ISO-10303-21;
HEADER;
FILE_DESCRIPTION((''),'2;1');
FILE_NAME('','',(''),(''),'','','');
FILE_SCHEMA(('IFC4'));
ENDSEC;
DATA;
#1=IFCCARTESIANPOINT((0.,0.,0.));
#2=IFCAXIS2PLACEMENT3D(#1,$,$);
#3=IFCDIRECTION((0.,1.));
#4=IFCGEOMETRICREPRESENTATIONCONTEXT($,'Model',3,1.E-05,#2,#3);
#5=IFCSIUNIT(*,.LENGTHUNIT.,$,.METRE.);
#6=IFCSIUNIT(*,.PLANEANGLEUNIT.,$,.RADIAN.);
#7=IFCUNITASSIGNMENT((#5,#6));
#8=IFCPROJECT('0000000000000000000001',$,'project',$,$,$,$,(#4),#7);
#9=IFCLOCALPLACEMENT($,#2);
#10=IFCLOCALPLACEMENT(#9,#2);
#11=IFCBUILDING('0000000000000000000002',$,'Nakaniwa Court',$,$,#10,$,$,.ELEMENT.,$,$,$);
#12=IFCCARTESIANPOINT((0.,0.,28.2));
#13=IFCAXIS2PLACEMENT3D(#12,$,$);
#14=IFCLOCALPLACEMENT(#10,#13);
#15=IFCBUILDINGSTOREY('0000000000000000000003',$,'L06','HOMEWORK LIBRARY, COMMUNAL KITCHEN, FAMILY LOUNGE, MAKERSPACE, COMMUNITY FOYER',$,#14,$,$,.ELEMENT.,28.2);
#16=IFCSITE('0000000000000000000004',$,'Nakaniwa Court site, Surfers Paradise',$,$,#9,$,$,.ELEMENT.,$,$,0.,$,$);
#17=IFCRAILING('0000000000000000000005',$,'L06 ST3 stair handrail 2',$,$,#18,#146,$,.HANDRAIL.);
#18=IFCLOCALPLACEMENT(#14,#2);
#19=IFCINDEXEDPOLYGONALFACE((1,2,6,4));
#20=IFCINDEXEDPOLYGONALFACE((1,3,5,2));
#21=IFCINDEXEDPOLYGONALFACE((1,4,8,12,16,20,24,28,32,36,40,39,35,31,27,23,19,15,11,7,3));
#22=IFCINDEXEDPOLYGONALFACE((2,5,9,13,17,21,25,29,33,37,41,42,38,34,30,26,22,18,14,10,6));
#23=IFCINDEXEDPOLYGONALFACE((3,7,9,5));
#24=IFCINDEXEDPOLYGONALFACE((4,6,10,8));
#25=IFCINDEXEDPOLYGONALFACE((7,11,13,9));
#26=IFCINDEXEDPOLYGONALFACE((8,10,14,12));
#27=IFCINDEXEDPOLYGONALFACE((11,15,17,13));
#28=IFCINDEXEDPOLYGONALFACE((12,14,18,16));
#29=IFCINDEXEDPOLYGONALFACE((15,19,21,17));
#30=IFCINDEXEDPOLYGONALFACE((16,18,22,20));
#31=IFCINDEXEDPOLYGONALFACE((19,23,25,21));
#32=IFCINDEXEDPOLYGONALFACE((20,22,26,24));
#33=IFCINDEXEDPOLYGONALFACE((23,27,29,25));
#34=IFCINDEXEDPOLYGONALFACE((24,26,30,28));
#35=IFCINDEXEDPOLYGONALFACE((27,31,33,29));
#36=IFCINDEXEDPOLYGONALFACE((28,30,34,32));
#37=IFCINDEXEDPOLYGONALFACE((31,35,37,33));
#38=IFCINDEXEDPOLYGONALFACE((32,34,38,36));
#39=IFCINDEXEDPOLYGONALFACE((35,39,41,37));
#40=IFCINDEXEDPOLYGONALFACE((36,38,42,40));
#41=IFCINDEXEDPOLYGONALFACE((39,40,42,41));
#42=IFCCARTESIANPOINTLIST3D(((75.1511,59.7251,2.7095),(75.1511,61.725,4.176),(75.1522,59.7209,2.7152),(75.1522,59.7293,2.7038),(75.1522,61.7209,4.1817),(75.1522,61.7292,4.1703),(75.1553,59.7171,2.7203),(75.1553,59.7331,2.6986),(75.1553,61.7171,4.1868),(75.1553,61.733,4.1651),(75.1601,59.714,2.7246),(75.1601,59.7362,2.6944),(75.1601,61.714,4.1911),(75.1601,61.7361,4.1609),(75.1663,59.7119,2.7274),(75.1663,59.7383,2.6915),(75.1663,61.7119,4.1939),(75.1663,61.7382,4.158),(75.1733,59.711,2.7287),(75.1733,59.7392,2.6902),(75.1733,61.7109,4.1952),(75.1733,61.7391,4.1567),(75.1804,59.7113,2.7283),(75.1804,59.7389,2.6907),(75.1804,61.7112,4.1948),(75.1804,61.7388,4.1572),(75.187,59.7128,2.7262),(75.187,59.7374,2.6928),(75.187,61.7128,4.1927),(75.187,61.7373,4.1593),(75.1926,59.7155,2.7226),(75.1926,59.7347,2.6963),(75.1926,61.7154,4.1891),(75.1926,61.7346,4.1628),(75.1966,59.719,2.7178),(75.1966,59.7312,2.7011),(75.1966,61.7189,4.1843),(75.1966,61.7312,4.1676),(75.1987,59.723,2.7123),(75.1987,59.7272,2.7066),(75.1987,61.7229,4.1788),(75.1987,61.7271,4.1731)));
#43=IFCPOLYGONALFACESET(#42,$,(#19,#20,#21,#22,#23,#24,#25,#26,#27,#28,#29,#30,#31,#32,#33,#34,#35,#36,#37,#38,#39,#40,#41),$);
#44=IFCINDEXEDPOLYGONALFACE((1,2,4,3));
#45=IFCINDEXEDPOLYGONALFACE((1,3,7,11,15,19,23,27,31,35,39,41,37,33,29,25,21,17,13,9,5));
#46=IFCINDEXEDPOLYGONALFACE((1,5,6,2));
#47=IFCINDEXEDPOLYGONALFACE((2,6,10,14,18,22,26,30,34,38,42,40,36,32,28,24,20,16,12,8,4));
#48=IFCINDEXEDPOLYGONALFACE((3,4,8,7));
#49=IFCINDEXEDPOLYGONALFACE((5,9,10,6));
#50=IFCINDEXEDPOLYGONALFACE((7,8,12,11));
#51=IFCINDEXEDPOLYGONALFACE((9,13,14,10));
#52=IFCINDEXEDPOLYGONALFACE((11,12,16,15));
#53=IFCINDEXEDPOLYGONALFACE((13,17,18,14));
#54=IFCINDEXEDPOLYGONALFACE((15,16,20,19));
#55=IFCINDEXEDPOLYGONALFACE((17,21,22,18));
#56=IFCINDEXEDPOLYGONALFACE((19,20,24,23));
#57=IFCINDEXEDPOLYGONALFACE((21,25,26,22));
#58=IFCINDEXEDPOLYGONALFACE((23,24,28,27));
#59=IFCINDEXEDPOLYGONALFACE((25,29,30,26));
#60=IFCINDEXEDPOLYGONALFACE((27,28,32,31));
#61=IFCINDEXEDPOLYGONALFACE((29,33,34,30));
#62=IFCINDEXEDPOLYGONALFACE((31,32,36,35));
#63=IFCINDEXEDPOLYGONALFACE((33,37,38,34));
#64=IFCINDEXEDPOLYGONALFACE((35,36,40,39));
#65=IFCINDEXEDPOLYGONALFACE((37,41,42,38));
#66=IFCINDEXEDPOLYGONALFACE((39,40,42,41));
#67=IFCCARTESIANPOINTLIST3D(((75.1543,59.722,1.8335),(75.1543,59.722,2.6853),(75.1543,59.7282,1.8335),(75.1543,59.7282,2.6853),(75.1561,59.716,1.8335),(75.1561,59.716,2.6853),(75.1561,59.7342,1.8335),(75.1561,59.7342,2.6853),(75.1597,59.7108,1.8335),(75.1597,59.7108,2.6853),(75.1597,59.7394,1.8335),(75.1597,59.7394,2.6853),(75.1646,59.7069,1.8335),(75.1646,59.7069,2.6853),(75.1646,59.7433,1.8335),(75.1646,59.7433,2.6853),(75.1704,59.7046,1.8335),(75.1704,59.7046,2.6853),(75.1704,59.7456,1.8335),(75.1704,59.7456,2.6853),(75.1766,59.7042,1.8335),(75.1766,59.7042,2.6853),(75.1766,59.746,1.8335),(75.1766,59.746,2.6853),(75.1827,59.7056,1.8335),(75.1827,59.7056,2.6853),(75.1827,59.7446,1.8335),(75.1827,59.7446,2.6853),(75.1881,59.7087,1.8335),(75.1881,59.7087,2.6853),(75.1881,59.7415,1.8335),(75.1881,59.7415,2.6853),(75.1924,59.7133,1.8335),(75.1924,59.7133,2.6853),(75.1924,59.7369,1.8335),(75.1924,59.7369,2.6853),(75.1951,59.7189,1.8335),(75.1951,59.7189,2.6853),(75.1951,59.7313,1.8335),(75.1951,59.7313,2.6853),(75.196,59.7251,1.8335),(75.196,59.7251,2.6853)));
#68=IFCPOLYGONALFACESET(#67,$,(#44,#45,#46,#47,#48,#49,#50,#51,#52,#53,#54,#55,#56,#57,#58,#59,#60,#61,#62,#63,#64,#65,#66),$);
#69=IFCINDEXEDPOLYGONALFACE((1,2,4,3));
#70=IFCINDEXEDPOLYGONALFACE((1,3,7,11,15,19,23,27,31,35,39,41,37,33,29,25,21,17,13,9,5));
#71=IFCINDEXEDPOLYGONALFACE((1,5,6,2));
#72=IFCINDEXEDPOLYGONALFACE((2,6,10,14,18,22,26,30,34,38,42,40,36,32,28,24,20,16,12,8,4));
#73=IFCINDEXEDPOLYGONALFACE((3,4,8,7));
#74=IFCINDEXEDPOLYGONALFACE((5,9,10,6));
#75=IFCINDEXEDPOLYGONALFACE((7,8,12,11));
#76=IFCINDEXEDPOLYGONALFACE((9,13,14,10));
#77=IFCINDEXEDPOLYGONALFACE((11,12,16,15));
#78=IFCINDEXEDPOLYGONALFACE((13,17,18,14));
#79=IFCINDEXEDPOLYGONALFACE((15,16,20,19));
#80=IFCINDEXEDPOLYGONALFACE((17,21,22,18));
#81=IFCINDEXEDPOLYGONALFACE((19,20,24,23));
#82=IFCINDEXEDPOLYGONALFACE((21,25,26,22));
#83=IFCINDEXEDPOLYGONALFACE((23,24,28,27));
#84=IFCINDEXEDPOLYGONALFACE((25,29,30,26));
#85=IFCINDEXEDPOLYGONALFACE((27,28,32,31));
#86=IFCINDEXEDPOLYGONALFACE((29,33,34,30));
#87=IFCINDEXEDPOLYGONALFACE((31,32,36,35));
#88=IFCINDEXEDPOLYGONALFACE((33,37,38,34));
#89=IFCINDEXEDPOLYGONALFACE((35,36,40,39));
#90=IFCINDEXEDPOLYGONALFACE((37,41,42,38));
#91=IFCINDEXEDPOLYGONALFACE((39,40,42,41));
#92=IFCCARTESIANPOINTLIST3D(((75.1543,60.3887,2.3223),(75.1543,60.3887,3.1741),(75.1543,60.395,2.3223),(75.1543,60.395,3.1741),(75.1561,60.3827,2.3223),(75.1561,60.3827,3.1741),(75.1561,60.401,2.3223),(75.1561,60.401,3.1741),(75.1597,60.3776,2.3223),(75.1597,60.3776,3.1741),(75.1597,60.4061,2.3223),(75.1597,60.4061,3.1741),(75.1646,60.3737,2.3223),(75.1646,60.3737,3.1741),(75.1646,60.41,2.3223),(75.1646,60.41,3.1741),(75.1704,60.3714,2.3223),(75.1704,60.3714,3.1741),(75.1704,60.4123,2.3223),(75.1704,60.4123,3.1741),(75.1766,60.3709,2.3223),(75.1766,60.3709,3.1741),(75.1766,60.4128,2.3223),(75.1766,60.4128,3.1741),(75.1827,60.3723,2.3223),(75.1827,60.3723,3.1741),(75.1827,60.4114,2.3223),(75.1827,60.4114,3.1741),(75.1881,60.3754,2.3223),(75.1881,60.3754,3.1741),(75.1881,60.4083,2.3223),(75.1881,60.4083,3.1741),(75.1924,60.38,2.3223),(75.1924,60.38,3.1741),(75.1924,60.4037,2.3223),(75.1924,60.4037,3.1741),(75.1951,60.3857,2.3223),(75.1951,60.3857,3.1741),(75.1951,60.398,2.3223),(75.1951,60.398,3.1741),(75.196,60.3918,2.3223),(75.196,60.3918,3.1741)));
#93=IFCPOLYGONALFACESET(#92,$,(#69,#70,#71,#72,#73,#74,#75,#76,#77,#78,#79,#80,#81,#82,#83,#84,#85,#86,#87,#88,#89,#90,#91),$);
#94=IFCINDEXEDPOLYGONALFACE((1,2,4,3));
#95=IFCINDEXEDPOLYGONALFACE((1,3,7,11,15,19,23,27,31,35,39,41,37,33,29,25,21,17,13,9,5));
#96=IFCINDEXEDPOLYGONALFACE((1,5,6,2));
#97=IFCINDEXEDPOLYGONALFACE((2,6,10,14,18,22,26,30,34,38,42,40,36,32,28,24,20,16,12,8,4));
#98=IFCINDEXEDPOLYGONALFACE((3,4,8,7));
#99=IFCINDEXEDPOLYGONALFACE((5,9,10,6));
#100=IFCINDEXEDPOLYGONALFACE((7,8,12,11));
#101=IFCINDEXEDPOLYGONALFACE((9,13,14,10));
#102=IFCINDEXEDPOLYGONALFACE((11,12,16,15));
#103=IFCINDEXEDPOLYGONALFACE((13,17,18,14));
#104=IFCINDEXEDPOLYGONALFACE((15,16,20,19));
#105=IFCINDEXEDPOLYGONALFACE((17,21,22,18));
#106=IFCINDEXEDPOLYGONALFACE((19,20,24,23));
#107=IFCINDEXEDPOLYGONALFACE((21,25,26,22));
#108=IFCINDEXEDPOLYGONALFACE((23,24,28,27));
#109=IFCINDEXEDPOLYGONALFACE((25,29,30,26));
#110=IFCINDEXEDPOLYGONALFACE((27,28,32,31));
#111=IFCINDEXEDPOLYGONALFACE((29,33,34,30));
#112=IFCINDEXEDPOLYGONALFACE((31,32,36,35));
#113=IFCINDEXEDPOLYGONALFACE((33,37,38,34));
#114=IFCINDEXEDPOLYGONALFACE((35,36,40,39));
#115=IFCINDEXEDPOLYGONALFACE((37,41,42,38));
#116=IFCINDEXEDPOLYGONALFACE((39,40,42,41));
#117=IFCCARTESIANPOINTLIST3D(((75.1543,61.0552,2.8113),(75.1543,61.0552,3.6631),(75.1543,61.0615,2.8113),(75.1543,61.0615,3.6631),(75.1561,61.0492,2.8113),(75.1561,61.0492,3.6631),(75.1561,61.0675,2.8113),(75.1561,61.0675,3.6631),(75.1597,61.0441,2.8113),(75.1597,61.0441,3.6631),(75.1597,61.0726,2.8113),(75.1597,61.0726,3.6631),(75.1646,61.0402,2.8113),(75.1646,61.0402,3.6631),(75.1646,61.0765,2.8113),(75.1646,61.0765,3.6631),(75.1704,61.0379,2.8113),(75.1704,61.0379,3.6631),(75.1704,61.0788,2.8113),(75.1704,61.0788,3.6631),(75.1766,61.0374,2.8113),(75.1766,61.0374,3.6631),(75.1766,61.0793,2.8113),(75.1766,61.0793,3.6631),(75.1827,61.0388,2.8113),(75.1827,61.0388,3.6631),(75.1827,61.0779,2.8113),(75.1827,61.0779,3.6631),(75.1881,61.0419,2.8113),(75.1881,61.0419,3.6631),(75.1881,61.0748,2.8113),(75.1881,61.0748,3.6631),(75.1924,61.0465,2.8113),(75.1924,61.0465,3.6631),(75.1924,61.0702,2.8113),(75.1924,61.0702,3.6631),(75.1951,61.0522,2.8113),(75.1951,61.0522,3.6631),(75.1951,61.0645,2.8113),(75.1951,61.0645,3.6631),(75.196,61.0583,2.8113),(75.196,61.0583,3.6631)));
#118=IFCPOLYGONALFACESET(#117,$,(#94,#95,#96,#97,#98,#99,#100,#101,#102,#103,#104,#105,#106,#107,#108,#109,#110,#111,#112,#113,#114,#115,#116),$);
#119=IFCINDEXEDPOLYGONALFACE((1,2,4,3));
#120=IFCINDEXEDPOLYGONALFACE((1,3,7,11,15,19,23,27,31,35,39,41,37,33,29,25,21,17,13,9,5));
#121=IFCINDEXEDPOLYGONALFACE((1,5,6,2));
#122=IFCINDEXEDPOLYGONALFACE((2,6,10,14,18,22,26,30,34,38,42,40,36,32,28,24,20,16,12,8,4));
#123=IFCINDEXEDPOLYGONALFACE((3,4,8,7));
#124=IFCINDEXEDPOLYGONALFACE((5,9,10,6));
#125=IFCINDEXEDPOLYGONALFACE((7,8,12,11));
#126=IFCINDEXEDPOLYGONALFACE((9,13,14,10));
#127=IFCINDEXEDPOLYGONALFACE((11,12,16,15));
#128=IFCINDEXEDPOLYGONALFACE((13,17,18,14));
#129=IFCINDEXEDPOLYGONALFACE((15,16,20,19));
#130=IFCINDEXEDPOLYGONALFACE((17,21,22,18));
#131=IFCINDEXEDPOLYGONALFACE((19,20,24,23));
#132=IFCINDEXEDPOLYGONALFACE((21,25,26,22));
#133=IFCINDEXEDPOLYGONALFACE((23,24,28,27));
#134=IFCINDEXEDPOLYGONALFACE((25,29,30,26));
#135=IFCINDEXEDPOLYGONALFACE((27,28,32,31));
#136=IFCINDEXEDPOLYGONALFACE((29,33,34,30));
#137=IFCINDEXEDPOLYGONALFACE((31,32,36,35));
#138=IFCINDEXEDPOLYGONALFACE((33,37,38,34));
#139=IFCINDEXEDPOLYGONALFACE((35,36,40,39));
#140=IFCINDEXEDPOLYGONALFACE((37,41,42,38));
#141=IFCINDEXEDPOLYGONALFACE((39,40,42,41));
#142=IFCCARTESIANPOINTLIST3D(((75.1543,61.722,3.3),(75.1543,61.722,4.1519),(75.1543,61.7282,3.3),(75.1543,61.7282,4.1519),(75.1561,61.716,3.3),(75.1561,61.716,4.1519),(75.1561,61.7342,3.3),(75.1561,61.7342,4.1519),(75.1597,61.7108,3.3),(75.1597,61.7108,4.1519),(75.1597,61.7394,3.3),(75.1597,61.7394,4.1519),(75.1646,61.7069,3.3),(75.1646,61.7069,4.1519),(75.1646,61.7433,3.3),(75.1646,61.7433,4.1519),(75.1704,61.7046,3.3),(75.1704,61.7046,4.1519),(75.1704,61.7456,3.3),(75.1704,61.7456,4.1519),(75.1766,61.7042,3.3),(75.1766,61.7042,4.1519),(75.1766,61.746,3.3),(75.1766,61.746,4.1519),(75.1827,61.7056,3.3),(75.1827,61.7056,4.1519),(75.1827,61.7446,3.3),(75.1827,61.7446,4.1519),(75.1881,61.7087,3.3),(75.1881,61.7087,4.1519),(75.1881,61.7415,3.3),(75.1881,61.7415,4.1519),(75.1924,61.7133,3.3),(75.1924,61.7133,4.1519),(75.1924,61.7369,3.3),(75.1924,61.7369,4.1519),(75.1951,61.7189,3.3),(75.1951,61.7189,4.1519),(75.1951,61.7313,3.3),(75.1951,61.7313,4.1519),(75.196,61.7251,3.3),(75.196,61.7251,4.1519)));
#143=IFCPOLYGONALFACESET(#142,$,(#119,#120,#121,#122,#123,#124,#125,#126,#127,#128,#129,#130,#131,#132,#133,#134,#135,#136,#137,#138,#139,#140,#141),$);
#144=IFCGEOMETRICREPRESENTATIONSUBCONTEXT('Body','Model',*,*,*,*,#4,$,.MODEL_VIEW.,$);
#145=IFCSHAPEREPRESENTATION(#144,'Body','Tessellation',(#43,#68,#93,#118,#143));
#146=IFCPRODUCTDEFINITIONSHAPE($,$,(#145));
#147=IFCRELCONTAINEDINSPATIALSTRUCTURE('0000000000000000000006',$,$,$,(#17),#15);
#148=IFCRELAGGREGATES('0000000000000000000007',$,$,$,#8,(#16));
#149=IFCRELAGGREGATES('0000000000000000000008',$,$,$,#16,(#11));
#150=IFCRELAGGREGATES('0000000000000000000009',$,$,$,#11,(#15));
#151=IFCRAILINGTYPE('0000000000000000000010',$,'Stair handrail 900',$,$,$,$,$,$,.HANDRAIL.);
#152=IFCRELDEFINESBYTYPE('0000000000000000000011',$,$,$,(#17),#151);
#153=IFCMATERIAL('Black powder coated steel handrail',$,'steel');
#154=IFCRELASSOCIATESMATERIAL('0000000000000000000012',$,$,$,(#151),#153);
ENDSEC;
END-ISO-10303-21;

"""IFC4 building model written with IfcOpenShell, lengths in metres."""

from ifc_helpers import new_model, si_unit, direction, frame, origin, origin_2d, place, context, subcontext, project, spatial, circle, extrude, material, type_object, element, save


model = new_model("IFC4")

# Units and contexts
model_context = context("Model", 3, precision=1e-05, world=origin(), true_north=direction((0.0, 1.0)))
body_context = subcontext(model_context, "Body", "Model", "MODEL_VIEW")
ifc_project = project(units=[si_unit("LENGTHUNIT", "METRE"), si_unit("PLANEANGLEUNIT", "RADIAN")], contexts=[model_context])

# Site, building, storey
site_placement = place(None, origin())
site = spatial("IfcSite", under=ifc_project, at=site_placement, Name="Nakaniwa Court site, Surfers Paradise", CompositionType="ELEMENT", RefElevation=0.0)
building_placement = place(site_placement, origin())
building = spatial("IfcBuilding", under=site, at=building_placement, Name="Nakaniwa Court", CompositionType="ELEMENT")
storey_placement = place(building_placement, frame((0.0, 0.0, 28.2)))
storey = spatial("IfcBuildingStorey", under=building, at=storey_placement, Name="L06", Description="HOMEWORK LIBRARY, COMMUNAL KITCHEN, FAMILY LOUNGE, MAKERSPACE, COMMUNITY FOYER", CompositionType="ELEMENT", Elevation=28.2)

# Railing
ifc_material_1 = material(Name="Black powder coated steel handrail", Category="steel")
railing_type_1 = type_object("IfcRailingType", Name="Stair handrail 900", PredefinedType="HANDRAIL", material=ifc_material_1)
railing_1_placement = place(storey_placement, frame((75.175, 59.7251, 1.8335)))
element("IfcRailing", 1, at=railing_1_placement, inside=storey, type_object=railing_type_1, Name="L06 ST3 stair handrail 2", PredefinedType="HANDRAIL", context=body_context, shape_type="SweptSolid", body=[
    extrude(circle(Radius=0.0239, at=origin_2d()), frame((0.0, 0.0, 0.876), z_axis=(0.0, 0.806427, 0.591334), x_axis=(-1.0, 0.0, 0.0)), (0.0, 0.0, 1.0), 2.48),
    extrude(circle(Radius=0.021, at=origin_2d()), origin(), (0.0, 0.0, 1.0), 0.8518),
    extrude(circle(Radius=0.021, at=origin_2d()), frame((0.0, 0.6667, 0.4888)), (0.0, 0.0, 1.0), 0.8518),
    extrude(circle(Radius=0.021, at=origin_2d()), frame((0.0, 1.3333, 0.9778)), (0.0, 0.0, 1.0), 0.8518),
    extrude(circle(Radius=0.021, at=origin_2d()), frame((0.0, 2.0, 1.4666)), (0.0, 0.0, 1.0), 0.8518),
])

save(model, "model.ifc")
